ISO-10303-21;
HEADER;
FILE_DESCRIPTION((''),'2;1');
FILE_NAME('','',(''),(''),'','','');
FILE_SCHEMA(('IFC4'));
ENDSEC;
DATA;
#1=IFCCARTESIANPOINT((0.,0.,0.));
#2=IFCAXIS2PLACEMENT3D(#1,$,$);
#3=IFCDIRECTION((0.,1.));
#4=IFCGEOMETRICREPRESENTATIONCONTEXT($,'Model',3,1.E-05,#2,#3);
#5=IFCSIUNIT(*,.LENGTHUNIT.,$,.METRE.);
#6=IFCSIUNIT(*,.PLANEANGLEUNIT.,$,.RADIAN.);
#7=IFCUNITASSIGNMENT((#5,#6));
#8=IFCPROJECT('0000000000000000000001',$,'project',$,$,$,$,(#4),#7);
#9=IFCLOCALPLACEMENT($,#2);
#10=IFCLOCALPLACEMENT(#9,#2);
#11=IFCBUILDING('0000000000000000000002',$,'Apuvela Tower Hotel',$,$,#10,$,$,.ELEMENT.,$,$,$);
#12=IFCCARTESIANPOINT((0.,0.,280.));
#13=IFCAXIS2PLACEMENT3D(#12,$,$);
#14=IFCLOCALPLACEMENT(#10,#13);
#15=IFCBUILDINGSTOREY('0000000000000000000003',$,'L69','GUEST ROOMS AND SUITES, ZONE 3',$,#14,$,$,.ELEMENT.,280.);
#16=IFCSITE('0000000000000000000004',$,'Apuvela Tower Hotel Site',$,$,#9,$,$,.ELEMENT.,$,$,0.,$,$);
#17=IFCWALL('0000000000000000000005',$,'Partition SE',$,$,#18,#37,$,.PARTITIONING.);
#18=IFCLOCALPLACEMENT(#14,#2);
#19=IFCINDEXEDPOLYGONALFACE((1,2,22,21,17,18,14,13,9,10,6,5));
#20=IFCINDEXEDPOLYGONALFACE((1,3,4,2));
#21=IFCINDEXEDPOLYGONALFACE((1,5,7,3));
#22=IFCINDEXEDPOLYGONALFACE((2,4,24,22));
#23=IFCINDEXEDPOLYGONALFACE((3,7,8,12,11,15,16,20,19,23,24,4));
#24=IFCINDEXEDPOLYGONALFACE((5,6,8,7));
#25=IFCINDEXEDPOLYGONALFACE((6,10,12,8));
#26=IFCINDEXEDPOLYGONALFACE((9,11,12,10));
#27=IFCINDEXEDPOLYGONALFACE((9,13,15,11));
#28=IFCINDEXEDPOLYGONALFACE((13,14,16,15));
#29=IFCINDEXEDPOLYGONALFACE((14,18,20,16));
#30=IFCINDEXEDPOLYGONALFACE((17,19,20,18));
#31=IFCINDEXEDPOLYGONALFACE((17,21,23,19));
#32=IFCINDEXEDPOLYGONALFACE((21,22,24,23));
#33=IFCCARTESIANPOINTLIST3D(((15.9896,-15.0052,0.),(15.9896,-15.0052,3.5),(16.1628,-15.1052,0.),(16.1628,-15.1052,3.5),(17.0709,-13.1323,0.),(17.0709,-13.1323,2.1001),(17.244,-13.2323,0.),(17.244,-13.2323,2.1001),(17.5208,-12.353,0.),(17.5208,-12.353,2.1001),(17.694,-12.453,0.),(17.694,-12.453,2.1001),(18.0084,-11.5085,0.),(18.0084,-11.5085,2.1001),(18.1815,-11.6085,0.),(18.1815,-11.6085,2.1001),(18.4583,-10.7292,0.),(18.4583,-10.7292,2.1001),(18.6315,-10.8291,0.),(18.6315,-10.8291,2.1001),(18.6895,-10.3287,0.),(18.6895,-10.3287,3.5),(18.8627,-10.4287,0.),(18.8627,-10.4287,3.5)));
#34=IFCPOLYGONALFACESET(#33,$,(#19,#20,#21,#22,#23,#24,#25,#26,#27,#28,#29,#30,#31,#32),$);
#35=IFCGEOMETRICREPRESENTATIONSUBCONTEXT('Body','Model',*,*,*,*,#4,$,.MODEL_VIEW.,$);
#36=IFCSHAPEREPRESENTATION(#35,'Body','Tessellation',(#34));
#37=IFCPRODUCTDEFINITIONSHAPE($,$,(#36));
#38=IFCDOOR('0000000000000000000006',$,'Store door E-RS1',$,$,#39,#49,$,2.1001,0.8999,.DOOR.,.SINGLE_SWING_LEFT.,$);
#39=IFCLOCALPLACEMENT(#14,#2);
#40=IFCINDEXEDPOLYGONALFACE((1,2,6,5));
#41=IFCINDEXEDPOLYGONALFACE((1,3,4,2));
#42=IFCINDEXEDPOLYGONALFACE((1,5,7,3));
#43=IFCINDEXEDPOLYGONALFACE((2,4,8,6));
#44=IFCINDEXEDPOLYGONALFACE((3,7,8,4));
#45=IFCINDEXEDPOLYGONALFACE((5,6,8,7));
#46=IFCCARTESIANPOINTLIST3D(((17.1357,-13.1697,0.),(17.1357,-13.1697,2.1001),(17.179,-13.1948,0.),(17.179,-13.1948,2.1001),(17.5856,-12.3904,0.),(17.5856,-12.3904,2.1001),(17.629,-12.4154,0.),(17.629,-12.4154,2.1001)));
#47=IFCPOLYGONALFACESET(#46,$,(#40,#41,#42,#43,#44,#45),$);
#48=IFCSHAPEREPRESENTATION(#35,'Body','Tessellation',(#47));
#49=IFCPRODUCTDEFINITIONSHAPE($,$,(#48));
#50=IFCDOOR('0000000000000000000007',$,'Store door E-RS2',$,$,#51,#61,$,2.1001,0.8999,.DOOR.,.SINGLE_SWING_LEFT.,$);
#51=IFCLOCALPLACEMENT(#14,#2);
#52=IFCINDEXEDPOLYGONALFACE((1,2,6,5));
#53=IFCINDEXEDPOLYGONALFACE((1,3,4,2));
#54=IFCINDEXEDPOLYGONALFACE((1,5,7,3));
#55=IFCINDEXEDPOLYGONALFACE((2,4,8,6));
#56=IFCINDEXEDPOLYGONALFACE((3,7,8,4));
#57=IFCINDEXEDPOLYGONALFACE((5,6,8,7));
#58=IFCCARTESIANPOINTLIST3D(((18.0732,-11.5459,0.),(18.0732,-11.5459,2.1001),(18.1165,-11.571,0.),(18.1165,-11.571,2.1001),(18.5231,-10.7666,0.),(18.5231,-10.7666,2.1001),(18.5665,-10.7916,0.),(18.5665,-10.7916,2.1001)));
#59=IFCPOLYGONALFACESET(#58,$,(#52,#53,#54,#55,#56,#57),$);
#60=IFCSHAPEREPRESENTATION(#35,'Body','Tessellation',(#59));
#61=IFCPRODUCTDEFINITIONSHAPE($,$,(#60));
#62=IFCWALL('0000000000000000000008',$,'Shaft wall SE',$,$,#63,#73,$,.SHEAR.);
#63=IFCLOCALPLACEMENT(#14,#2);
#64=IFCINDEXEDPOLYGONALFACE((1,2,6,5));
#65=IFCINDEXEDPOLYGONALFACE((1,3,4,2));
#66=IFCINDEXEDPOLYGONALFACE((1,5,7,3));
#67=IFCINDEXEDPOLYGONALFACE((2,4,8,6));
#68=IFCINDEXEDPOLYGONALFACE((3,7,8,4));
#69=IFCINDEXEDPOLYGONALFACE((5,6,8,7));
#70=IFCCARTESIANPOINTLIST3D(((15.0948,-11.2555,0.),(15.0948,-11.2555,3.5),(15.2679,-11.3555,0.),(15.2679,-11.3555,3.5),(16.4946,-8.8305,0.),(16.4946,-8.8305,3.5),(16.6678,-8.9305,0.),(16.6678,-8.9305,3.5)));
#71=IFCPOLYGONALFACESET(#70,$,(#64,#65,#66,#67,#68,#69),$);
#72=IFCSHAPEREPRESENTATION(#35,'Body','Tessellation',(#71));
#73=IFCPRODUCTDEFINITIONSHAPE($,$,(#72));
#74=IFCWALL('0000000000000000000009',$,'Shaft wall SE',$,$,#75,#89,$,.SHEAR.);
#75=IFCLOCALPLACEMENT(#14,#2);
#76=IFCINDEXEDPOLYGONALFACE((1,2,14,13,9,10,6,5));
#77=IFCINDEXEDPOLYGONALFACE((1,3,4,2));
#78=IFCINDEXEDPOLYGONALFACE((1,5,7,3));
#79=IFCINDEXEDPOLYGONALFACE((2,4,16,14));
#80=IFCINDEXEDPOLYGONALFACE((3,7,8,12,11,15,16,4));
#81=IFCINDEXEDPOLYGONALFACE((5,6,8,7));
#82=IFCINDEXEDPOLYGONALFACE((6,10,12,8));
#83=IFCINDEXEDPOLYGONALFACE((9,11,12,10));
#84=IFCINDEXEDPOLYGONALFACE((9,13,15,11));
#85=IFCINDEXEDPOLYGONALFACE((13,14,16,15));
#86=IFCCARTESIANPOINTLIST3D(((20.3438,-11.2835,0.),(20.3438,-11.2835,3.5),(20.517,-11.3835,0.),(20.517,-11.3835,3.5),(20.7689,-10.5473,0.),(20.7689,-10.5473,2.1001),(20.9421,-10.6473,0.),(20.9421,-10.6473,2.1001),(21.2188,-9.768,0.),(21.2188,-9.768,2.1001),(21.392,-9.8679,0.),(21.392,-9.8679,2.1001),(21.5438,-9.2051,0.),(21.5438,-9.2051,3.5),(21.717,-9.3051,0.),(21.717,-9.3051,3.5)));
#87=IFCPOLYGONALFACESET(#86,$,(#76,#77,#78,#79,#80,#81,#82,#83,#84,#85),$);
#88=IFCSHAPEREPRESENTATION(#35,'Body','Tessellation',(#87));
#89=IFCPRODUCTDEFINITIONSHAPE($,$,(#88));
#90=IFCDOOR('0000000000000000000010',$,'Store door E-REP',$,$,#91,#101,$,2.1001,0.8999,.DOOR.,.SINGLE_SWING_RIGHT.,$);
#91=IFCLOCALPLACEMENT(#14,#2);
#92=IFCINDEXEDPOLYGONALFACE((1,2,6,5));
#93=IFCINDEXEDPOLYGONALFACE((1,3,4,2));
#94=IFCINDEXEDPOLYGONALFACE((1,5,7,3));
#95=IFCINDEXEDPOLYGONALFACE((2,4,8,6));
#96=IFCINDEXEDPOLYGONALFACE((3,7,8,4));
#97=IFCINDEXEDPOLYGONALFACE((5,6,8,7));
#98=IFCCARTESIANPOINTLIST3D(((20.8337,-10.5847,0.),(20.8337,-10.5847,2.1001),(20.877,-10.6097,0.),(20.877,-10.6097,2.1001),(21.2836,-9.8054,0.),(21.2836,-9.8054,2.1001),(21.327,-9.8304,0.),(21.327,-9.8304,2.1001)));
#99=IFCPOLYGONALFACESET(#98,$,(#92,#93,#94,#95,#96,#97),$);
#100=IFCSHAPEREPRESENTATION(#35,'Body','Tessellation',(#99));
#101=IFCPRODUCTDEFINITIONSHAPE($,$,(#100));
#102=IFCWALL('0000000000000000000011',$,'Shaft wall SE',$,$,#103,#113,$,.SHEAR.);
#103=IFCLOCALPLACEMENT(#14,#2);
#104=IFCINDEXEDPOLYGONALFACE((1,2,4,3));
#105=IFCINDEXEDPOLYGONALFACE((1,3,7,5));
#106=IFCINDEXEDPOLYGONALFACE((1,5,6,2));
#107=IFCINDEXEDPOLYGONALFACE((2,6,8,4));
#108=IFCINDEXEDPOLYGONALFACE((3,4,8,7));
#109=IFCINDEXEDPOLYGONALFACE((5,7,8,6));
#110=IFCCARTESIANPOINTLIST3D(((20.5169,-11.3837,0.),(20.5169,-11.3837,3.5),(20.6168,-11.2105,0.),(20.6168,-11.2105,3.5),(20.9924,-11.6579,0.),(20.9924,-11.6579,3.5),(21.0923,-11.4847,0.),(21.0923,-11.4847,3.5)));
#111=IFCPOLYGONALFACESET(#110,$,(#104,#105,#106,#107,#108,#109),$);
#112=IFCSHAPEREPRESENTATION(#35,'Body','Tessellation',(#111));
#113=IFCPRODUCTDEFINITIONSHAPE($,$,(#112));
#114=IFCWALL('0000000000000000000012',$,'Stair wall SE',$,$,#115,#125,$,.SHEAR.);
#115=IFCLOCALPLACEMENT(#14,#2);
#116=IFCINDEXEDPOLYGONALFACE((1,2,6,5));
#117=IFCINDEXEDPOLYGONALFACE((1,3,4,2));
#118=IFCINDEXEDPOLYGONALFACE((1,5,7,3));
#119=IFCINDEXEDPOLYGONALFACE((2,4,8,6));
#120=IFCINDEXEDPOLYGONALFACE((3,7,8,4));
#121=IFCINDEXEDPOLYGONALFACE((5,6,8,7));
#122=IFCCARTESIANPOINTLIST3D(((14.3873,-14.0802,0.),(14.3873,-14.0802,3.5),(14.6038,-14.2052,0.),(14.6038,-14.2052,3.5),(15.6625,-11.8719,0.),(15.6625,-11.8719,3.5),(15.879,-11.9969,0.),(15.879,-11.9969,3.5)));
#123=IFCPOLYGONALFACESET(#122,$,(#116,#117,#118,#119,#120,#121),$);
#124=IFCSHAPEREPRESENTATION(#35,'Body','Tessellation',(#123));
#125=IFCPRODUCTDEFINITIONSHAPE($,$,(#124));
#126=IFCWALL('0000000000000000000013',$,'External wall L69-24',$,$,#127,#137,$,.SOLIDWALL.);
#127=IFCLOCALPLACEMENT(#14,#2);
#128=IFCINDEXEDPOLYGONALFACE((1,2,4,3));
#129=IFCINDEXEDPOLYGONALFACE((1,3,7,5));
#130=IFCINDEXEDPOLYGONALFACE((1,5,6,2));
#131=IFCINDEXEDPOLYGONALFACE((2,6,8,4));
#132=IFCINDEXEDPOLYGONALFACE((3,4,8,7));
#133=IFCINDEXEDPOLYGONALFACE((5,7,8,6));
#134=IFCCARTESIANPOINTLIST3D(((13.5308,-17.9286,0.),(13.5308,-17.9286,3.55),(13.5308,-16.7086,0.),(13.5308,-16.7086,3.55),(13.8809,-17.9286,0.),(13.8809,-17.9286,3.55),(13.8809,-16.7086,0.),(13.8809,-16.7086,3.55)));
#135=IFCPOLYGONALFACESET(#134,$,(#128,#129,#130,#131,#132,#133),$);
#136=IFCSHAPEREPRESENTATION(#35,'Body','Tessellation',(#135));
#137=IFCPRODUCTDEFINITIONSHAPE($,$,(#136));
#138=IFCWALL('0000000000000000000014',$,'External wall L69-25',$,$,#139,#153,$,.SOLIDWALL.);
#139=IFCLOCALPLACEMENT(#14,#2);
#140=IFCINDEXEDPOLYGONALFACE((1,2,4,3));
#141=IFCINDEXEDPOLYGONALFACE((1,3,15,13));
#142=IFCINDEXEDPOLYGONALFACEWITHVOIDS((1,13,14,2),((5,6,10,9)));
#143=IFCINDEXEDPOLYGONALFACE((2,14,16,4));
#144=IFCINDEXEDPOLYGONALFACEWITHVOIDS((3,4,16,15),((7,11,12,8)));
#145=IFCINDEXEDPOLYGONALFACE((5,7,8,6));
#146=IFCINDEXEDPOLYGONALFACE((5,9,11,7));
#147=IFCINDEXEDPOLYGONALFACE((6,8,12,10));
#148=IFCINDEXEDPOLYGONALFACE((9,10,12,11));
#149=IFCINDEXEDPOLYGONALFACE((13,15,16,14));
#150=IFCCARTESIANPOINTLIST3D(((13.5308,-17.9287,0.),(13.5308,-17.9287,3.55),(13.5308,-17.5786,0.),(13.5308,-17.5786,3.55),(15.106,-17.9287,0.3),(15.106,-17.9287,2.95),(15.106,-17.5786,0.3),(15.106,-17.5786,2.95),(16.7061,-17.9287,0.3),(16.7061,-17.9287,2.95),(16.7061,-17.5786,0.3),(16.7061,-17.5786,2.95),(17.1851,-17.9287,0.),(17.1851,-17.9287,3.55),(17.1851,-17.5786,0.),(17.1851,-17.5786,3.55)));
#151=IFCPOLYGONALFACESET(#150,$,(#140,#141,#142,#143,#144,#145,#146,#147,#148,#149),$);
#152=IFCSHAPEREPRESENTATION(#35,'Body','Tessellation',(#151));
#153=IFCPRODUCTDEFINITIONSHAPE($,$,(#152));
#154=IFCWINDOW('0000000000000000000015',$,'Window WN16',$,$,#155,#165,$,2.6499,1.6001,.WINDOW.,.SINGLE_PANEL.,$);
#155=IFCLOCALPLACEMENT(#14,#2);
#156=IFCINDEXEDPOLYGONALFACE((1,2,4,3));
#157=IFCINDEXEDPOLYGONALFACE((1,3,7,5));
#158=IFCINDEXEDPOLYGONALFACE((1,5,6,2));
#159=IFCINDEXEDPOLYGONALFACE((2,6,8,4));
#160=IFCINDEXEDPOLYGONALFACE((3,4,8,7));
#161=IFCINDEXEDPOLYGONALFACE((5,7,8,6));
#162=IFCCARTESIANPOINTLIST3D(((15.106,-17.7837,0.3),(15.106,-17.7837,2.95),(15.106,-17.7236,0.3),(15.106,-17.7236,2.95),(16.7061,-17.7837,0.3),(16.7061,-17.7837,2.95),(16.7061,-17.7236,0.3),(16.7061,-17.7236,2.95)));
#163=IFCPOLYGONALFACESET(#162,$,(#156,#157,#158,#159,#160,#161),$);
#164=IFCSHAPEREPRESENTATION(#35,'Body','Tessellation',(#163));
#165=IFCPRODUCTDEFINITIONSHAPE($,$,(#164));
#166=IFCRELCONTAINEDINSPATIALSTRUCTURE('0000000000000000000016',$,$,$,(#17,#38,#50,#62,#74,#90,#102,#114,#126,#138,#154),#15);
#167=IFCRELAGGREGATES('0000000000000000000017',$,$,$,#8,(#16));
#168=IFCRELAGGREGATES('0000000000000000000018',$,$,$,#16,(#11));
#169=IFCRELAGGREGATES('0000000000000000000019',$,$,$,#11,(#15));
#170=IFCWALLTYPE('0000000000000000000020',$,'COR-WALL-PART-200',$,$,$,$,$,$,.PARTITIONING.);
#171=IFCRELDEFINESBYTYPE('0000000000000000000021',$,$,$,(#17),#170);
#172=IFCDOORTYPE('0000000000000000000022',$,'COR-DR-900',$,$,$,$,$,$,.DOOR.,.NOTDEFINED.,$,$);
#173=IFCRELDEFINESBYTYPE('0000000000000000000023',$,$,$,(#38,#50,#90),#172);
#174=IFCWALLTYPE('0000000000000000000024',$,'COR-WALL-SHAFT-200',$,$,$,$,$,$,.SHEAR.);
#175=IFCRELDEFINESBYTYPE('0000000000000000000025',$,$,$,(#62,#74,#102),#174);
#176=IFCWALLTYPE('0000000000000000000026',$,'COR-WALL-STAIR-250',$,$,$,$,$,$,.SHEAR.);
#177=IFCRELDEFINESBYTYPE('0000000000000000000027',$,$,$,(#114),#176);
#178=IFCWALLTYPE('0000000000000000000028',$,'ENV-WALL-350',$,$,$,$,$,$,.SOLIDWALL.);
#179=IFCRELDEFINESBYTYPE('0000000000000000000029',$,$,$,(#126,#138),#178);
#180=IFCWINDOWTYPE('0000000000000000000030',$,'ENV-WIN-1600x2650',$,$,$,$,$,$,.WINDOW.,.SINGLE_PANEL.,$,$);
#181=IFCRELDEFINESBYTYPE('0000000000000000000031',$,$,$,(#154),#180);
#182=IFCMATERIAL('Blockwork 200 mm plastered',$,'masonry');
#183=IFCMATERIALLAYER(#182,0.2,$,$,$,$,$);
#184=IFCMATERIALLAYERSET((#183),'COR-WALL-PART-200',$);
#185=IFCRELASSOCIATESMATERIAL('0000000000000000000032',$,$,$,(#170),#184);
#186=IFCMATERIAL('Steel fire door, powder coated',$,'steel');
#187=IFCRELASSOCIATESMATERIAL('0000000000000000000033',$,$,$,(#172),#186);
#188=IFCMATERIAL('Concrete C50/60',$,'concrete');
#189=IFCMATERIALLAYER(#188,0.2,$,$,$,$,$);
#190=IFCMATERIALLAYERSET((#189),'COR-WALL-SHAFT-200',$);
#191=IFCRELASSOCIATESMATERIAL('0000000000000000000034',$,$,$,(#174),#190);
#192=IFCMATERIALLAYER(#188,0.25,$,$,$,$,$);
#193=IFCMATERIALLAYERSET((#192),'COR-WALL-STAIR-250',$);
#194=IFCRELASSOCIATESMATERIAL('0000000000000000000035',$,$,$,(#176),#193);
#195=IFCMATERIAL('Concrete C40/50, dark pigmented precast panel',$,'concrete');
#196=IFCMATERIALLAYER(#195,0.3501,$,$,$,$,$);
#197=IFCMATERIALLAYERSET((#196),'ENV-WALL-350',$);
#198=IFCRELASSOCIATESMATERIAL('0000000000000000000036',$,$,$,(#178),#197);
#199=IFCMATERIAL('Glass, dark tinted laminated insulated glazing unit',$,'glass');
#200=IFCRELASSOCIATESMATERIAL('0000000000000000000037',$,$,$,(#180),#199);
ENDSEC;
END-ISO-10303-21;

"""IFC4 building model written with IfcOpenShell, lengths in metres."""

from ifc_helpers import new_model, si_unit, direction, frame, frame_2d, origin, place, context, subcontext, project, spatial, rectangle, extrude, material, layer, layer_set, type_object, element, fill, save


model = new_model("IFC4")

# Units and contexts
model_context = context("Model", 3, precision=1e-05, world=origin(), true_north=direction((0.0, 1.0)))
body_context = subcontext(model_context, "Body", "Model", "MODEL_VIEW")
ifc_project = project(units=[si_unit("LENGTHUNIT", "METRE"), si_unit("PLANEANGLEUNIT", "RADIAN")], contexts=[model_context])

# Site, building, storey
site_placement = place(None, origin())
site = spatial("IfcSite", under=ifc_project, at=site_placement, Name="Apuvela Tower Hotel Site", CompositionType="ELEMENT", RefElevation=0.0)
building_placement = place(site_placement, origin())
building = spatial("IfcBuilding", under=site, at=building_placement, Name="Apuvela Tower Hotel", CompositionType="ELEMENT")
storey_placement = place(building_placement, frame((0.0, 0.0, 280.0)))
storey = spatial("IfcBuildingStorey", under=building, at=storey_placement, Name="L69", Description="GUEST ROOMS AND SUITES, ZONE 3", CompositionType="ELEMENT", Elevation=280.0)

# Wall, openings, doors
ifc_material_1 = material(Name="Blockwork 200 mm plastered", Category="masonry")
ifc_layer_1 = layer(ifc_material_1, 0.2)
ifc_layer_set_1 = layer_set([ifc_layer_1], Name="COR-WALL-PART-200")
wall_type_1 = type_object("IfcWallType", Name="COR-WALL-PART-200", PredefinedType="PARTITIONING", material=ifc_layer_set_1)
wall_1_placement = place(storey_placement, frame((16.0762, -15.0552, 0.0), z_axis=(0.0, 0.0, 1.0), x_axis=(0.499995, 0.866028, 0.0)))
wall_1 = element("IfcWall", 1, at=wall_1_placement, inside=storey, type_object=wall_type_1, Name="Partition SE", PredefinedType="PARTITIONING", context=body_context, shape_type="SweptSolid", body=[
    extrude(rectangle(XDim=5.3999, YDim=0.2, at=frame_2d((2.7, 0.0))), origin(), (0.0, 0.0, 1.0), 3.5),
])
opening_1_placement = place(wall_1_placement, frame((2.1626, 0.0, 0.0)))
opening_1 = element("IfcOpeningElement", 2, at=opening_1_placement, cuts=wall_1, PredefinedType="OPENING", context=body_context, shape_type="SweptSolid", body=[
    extrude(rectangle(XDim=0.8999, YDim=2.1001, at=frame_2d((0.45, 1.05))), frame((0.0, 0.1099, 0.0), z_axis=(0.0, -1.0, 0.0), x_axis=(1.0, 0.0, 0.0)), (0.0, 0.0, 1.0), 0.22),
])
opening_2_placement = place(wall_1_placement, frame((4.0376, 0.0, 0.0)))
opening_2 = element("IfcOpeningElement", 3, at=opening_2_placement, cuts=wall_1, PredefinedType="OPENING", context=body_context, shape_type="SweptSolid", body=[
    extrude(rectangle(XDim=0.8999, YDim=2.1001, at=frame_2d((0.45, 1.05))), frame((0.0, 0.1099, 0.0), z_axis=(0.0, -1.0, 0.0), x_axis=(1.0, 0.0, 0.0)), (0.0, 0.0, 1.0), 0.22),
])
ifc_material_2 = material(Name="Steel fire door, powder coated", Category="steel")
door_type_1 = type_object("IfcDoorType", Name="COR-DR-900", OperationType="NOTDEFINED", PredefinedType="DOOR", material=ifc_material_2)
door_1_placement = place(opening_1_placement, frame((0.8999, 0.0, 0.0), z_axis=(0.0, 0.0, 1.0), x_axis=(-1.0, 0.0, 0.0)))
door_1 = element("IfcDoor", 4, at=door_1_placement, inside=storey, type_object=door_type_1, Name="Store door E-RS1", OperationType="SINGLE_SWING_LEFT", OverallHeight=2.1001, OverallWidth=0.8999, PredefinedType="DOOR", context=body_context, shape_type="SweptSolid", body=[
    extrude(rectangle(XDim=0.8999, YDim=2.1001, at=frame_2d((0.45, 1.05))), frame((0.0, 0.0249, 0.0), z_axis=(0.0, -1.0, 0.0), x_axis=(1.0, 0.0, 0.0)), (0.0, 0.0, 1.0), 0.05),
])
fill(opening_1, door_1)
door_2_placement = place(opening_2_placement, frame((0.8999, 0.0, 0.0), z_axis=(0.0, 0.0, 1.0), x_axis=(-1.0, 0.0, 0.0)))
door_2 = element("IfcDoor", 5, at=door_2_placement, inside=storey, type_object=door_type_1, Name="Store door E-RS2", OperationType="SINGLE_SWING_LEFT", OverallHeight=2.1001, OverallWidth=0.8999, PredefinedType="DOOR", context=body_context, shape_type="SweptSolid", body=[
    extrude(rectangle(XDim=0.8999, YDim=2.1001, at=frame_2d((0.45, 1.05))), frame((0.0, 0.0249, 0.0), z_axis=(0.0, -1.0, 0.0), x_axis=(1.0, 0.0, 0.0)), (0.0, 0.0, 1.0), 0.05),
])
fill(opening_2, door_2)

# Wall
ifc_material_3 = material(Name="Concrete C50/60", Category="concrete")
ifc_layer_2 = layer(ifc_material_3, 0.2)
ifc_layer_set_2 = layer_set([ifc_layer_2], Name="COR-WALL-SHAFT-200")
wall_type_2 = type_object("IfcWallType", Name="COR-WALL-SHAFT-200", PredefinedType="SHEAR", material=ifc_layer_set_2)
wall_2_placement = place(storey_placement, frame((15.1814, -11.3054, 0.0), z_axis=(0.0, 0.0, 1.0), x_axis=(0.499946, 0.866056, 0.0)))
element("IfcWall", 6, at=wall_2_placement, inside=storey, type_object=wall_type_2, Name="Shaft wall SE", PredefinedType="SHEAR", context=body_context, shape_type="SweptSolid", body=[
    extrude(rectangle(XDim=2.8, YDim=0.2, at=frame_2d((1.3999, 0.0))), origin(), (0.0, 0.0, 1.0), 3.5),
])

# Wall, opening, door
wall_3_placement = place(storey_placement, frame((20.4304, -11.3335, 0.0), z_axis=(0.0, 0.0, 1.0), x_axis=(0.500001, 0.866025, 0.0)))
wall_3 = element("IfcWall", 7, at=wall_3_placement, inside=storey, type_object=wall_type_2, Name="Shaft wall SE", PredefinedType="SHEAR", context=body_context, shape_type="SweptSolid", body=[
    extrude(rectangle(XDim=2.3999, YDim=0.2, at=frame_2d((1.2, 0.0))), origin(), (0.0, 0.0, 1.0), 3.5),
])
opening_3_placement = place(wall_3_placement, frame((0.8501, 0.0, 0.0)))
opening_3 = element("IfcOpeningElement", 8, at=opening_3_placement, cuts=wall_3, PredefinedType="OPENING", context=body_context, shape_type="SweptSolid", body=[
    extrude(rectangle(XDim=0.8999, YDim=2.1001, at=frame_2d((0.45, 1.05))), frame((0.0, 0.1099, 0.0), z_axis=(0.0, -1.0, 0.0), x_axis=(1.0, 0.0, 0.0)), (0.0, 0.0, 1.0), 0.22),
])
door_3_placement = place(opening_3_placement, frame((0.8999, 0.0, 0.0), z_axis=(0.0, 0.0, 1.0), x_axis=(-1.0, 0.0, 0.0)))
door_3 = element("IfcDoor", 9, at=door_3_placement, inside=storey, type_object=door_type_1, Name="Store door E-REP", OperationType="SINGLE_SWING_RIGHT", OverallHeight=2.1001, OverallWidth=0.8999, PredefinedType="DOOR", context=body_context, shape_type="SweptSolid", body=[
    extrude(rectangle(XDim=0.8999, YDim=2.1001, at=frame_2d((0.45, 1.05))), frame((0.0, 0.0249, 0.0), z_axis=(0.0, -1.0, 0.0), x_axis=(1.0, 0.0, 0.0)), (0.0, 0.0, 1.0), 0.05),
])
fill(opening_3, door_3)

# Walls
wall_4_placement = place(storey_placement, frame((20.5669, -11.2971, 0.0), z_axis=(0.0, 0.0, 1.0), x_axis=(0.866237, -0.499633, 0.0)))
element("IfcWall", 10, at=wall_4_placement, inside=storey, type_object=wall_type_2, Name="Shaft wall SE", PredefinedType="SHEAR", context=body_context, shape_type="SweptSolid", body=[
    extrude(rectangle(XDim=0.5488, YDim=0.2, at=frame_2d((0.2744, 0.0))), origin(), (0.0, 0.0, 1.0), 3.5),
])
ifc_layer_3 = layer(ifc_material_3, 0.25)
ifc_layer_set_3 = layer_set([ifc_layer_3], Name="COR-WALL-STAIR-250")
wall_type_3 = type_object("IfcWallType", Name="COR-WALL-STAIR-250", PredefinedType="SHEAR", material=ifc_layer_set_3)
wall_5_placement = place(storey_placement, frame((14.4956, -14.1426, 0.0), z_axis=(0.0, 0.0, 1.0), x_axis=(0.500062, 0.865989, 0.0)))
element("IfcWall", 11, at=wall_5_placement, inside=storey, type_object=wall_type_3, Name="Stair wall SE", PredefinedType="SHEAR", context=body_context, shape_type="SweptSolid", body=[
    extrude(rectangle(XDim=2.55, YDim=0.25, at=frame_2d((1.2749, 0.0))), origin(), (0.0, 0.0, 1.0), 3.5),
])
ifc_material_4 = material(Name="Concrete C40/50, dark pigmented precast panel", Category="concrete")
ifc_layer_4 = layer(ifc_material_4, 0.3501)
ifc_layer_set_4 = layer_set([ifc_layer_4], Name="ENV-WALL-350")
wall_type_4 = type_object("IfcWallType", Name="ENV-WALL-350", PredefinedType="SOLIDWALL", material=ifc_layer_set_4)
wall_6_placement = place(storey_placement, frame((13.7058, -16.7087, 0.0), z_axis=(0.0, 0.0, 1.0), x_axis=(0.0, -1.0, 0.0)))
element("IfcWall", 12, at=wall_6_placement, inside=storey, type_object=wall_type_4, Name="External wall L69-24", PredefinedType="SOLIDWALL", context=body_context, shape_type="SweptSolid", body=[
    extrude(rectangle(XDim=1.22, YDim=0.3501, at=frame_2d((0.6099, 0.0))), origin(), (0.0, 0.0, 1.0), 3.55),
])

# Wall, opening, window
wall_7_placement = place(storey_placement, frame((13.5308, -17.7537, 0.0), z_axis=(0.0, 0.0, 1.0), x_axis=(1.0, 0.0, 0.0)))
wall_7 = element("IfcWall", 13, at=wall_7_placement, inside=storey, type_object=wall_type_4, Name="External wall L69-25", PredefinedType="SOLIDWALL", context=body_context, shape_type="SweptSolid", body=[
    extrude(rectangle(XDim=3.6543, YDim=0.3501, at=frame_2d((1.8271, 0.0))), origin(), (0.0, 0.0, 1.0), 3.55),
])
opening_4_placement = place(wall_7_placement, frame((1.5752, 0.0, 0.3)))
opening_4 = element("IfcOpeningElement", 14, at=opening_4_placement, cuts=wall_7, PredefinedType="OPENING", context=body_context, shape_type="SweptSolid", body=[
    extrude(rectangle(XDim=1.6001, YDim=2.6499, at=frame_2d((0.8, 1.325))), frame((0.0, 0.1851, 0.0), z_axis=(0.0, -1.0, 0.0), x_axis=(1.0, 0.0, 0.0)), (0.0, 0.0, 1.0), 0.3701),
])
ifc_material_5 = material(Name="Glass, dark tinted laminated insulated glazing unit", Category="glass")
window_type = type_object("IfcWindowType", Name="ENV-WIN-1600x2650", PartitioningType="SINGLE_PANEL", PredefinedType="WINDOW", material=ifc_material_5)
window_placement = place(opening_4_placement, origin())
window = element("IfcWindow", 15, at=window_placement, inside=storey, type_object=window_type, Name="Window WN16", OverallHeight=2.6499, OverallWidth=1.6001, PartitioningType="SINGLE_PANEL", PredefinedType="WINDOW", context=body_context, shape_type="SweptSolid", body=[
    extrude(rectangle(XDim=1.6001, YDim=2.6499, at=frame_2d((0.8, 1.325))), frame((0.0, 0.03, 0.0), z_axis=(0.0, -1.0, 0.0), x_axis=(1.0, 0.0, 0.0)), (0.0, 0.0, 1.0), 0.0601),
])
fill(opening_4, window)

save(model, "model.ifc")
